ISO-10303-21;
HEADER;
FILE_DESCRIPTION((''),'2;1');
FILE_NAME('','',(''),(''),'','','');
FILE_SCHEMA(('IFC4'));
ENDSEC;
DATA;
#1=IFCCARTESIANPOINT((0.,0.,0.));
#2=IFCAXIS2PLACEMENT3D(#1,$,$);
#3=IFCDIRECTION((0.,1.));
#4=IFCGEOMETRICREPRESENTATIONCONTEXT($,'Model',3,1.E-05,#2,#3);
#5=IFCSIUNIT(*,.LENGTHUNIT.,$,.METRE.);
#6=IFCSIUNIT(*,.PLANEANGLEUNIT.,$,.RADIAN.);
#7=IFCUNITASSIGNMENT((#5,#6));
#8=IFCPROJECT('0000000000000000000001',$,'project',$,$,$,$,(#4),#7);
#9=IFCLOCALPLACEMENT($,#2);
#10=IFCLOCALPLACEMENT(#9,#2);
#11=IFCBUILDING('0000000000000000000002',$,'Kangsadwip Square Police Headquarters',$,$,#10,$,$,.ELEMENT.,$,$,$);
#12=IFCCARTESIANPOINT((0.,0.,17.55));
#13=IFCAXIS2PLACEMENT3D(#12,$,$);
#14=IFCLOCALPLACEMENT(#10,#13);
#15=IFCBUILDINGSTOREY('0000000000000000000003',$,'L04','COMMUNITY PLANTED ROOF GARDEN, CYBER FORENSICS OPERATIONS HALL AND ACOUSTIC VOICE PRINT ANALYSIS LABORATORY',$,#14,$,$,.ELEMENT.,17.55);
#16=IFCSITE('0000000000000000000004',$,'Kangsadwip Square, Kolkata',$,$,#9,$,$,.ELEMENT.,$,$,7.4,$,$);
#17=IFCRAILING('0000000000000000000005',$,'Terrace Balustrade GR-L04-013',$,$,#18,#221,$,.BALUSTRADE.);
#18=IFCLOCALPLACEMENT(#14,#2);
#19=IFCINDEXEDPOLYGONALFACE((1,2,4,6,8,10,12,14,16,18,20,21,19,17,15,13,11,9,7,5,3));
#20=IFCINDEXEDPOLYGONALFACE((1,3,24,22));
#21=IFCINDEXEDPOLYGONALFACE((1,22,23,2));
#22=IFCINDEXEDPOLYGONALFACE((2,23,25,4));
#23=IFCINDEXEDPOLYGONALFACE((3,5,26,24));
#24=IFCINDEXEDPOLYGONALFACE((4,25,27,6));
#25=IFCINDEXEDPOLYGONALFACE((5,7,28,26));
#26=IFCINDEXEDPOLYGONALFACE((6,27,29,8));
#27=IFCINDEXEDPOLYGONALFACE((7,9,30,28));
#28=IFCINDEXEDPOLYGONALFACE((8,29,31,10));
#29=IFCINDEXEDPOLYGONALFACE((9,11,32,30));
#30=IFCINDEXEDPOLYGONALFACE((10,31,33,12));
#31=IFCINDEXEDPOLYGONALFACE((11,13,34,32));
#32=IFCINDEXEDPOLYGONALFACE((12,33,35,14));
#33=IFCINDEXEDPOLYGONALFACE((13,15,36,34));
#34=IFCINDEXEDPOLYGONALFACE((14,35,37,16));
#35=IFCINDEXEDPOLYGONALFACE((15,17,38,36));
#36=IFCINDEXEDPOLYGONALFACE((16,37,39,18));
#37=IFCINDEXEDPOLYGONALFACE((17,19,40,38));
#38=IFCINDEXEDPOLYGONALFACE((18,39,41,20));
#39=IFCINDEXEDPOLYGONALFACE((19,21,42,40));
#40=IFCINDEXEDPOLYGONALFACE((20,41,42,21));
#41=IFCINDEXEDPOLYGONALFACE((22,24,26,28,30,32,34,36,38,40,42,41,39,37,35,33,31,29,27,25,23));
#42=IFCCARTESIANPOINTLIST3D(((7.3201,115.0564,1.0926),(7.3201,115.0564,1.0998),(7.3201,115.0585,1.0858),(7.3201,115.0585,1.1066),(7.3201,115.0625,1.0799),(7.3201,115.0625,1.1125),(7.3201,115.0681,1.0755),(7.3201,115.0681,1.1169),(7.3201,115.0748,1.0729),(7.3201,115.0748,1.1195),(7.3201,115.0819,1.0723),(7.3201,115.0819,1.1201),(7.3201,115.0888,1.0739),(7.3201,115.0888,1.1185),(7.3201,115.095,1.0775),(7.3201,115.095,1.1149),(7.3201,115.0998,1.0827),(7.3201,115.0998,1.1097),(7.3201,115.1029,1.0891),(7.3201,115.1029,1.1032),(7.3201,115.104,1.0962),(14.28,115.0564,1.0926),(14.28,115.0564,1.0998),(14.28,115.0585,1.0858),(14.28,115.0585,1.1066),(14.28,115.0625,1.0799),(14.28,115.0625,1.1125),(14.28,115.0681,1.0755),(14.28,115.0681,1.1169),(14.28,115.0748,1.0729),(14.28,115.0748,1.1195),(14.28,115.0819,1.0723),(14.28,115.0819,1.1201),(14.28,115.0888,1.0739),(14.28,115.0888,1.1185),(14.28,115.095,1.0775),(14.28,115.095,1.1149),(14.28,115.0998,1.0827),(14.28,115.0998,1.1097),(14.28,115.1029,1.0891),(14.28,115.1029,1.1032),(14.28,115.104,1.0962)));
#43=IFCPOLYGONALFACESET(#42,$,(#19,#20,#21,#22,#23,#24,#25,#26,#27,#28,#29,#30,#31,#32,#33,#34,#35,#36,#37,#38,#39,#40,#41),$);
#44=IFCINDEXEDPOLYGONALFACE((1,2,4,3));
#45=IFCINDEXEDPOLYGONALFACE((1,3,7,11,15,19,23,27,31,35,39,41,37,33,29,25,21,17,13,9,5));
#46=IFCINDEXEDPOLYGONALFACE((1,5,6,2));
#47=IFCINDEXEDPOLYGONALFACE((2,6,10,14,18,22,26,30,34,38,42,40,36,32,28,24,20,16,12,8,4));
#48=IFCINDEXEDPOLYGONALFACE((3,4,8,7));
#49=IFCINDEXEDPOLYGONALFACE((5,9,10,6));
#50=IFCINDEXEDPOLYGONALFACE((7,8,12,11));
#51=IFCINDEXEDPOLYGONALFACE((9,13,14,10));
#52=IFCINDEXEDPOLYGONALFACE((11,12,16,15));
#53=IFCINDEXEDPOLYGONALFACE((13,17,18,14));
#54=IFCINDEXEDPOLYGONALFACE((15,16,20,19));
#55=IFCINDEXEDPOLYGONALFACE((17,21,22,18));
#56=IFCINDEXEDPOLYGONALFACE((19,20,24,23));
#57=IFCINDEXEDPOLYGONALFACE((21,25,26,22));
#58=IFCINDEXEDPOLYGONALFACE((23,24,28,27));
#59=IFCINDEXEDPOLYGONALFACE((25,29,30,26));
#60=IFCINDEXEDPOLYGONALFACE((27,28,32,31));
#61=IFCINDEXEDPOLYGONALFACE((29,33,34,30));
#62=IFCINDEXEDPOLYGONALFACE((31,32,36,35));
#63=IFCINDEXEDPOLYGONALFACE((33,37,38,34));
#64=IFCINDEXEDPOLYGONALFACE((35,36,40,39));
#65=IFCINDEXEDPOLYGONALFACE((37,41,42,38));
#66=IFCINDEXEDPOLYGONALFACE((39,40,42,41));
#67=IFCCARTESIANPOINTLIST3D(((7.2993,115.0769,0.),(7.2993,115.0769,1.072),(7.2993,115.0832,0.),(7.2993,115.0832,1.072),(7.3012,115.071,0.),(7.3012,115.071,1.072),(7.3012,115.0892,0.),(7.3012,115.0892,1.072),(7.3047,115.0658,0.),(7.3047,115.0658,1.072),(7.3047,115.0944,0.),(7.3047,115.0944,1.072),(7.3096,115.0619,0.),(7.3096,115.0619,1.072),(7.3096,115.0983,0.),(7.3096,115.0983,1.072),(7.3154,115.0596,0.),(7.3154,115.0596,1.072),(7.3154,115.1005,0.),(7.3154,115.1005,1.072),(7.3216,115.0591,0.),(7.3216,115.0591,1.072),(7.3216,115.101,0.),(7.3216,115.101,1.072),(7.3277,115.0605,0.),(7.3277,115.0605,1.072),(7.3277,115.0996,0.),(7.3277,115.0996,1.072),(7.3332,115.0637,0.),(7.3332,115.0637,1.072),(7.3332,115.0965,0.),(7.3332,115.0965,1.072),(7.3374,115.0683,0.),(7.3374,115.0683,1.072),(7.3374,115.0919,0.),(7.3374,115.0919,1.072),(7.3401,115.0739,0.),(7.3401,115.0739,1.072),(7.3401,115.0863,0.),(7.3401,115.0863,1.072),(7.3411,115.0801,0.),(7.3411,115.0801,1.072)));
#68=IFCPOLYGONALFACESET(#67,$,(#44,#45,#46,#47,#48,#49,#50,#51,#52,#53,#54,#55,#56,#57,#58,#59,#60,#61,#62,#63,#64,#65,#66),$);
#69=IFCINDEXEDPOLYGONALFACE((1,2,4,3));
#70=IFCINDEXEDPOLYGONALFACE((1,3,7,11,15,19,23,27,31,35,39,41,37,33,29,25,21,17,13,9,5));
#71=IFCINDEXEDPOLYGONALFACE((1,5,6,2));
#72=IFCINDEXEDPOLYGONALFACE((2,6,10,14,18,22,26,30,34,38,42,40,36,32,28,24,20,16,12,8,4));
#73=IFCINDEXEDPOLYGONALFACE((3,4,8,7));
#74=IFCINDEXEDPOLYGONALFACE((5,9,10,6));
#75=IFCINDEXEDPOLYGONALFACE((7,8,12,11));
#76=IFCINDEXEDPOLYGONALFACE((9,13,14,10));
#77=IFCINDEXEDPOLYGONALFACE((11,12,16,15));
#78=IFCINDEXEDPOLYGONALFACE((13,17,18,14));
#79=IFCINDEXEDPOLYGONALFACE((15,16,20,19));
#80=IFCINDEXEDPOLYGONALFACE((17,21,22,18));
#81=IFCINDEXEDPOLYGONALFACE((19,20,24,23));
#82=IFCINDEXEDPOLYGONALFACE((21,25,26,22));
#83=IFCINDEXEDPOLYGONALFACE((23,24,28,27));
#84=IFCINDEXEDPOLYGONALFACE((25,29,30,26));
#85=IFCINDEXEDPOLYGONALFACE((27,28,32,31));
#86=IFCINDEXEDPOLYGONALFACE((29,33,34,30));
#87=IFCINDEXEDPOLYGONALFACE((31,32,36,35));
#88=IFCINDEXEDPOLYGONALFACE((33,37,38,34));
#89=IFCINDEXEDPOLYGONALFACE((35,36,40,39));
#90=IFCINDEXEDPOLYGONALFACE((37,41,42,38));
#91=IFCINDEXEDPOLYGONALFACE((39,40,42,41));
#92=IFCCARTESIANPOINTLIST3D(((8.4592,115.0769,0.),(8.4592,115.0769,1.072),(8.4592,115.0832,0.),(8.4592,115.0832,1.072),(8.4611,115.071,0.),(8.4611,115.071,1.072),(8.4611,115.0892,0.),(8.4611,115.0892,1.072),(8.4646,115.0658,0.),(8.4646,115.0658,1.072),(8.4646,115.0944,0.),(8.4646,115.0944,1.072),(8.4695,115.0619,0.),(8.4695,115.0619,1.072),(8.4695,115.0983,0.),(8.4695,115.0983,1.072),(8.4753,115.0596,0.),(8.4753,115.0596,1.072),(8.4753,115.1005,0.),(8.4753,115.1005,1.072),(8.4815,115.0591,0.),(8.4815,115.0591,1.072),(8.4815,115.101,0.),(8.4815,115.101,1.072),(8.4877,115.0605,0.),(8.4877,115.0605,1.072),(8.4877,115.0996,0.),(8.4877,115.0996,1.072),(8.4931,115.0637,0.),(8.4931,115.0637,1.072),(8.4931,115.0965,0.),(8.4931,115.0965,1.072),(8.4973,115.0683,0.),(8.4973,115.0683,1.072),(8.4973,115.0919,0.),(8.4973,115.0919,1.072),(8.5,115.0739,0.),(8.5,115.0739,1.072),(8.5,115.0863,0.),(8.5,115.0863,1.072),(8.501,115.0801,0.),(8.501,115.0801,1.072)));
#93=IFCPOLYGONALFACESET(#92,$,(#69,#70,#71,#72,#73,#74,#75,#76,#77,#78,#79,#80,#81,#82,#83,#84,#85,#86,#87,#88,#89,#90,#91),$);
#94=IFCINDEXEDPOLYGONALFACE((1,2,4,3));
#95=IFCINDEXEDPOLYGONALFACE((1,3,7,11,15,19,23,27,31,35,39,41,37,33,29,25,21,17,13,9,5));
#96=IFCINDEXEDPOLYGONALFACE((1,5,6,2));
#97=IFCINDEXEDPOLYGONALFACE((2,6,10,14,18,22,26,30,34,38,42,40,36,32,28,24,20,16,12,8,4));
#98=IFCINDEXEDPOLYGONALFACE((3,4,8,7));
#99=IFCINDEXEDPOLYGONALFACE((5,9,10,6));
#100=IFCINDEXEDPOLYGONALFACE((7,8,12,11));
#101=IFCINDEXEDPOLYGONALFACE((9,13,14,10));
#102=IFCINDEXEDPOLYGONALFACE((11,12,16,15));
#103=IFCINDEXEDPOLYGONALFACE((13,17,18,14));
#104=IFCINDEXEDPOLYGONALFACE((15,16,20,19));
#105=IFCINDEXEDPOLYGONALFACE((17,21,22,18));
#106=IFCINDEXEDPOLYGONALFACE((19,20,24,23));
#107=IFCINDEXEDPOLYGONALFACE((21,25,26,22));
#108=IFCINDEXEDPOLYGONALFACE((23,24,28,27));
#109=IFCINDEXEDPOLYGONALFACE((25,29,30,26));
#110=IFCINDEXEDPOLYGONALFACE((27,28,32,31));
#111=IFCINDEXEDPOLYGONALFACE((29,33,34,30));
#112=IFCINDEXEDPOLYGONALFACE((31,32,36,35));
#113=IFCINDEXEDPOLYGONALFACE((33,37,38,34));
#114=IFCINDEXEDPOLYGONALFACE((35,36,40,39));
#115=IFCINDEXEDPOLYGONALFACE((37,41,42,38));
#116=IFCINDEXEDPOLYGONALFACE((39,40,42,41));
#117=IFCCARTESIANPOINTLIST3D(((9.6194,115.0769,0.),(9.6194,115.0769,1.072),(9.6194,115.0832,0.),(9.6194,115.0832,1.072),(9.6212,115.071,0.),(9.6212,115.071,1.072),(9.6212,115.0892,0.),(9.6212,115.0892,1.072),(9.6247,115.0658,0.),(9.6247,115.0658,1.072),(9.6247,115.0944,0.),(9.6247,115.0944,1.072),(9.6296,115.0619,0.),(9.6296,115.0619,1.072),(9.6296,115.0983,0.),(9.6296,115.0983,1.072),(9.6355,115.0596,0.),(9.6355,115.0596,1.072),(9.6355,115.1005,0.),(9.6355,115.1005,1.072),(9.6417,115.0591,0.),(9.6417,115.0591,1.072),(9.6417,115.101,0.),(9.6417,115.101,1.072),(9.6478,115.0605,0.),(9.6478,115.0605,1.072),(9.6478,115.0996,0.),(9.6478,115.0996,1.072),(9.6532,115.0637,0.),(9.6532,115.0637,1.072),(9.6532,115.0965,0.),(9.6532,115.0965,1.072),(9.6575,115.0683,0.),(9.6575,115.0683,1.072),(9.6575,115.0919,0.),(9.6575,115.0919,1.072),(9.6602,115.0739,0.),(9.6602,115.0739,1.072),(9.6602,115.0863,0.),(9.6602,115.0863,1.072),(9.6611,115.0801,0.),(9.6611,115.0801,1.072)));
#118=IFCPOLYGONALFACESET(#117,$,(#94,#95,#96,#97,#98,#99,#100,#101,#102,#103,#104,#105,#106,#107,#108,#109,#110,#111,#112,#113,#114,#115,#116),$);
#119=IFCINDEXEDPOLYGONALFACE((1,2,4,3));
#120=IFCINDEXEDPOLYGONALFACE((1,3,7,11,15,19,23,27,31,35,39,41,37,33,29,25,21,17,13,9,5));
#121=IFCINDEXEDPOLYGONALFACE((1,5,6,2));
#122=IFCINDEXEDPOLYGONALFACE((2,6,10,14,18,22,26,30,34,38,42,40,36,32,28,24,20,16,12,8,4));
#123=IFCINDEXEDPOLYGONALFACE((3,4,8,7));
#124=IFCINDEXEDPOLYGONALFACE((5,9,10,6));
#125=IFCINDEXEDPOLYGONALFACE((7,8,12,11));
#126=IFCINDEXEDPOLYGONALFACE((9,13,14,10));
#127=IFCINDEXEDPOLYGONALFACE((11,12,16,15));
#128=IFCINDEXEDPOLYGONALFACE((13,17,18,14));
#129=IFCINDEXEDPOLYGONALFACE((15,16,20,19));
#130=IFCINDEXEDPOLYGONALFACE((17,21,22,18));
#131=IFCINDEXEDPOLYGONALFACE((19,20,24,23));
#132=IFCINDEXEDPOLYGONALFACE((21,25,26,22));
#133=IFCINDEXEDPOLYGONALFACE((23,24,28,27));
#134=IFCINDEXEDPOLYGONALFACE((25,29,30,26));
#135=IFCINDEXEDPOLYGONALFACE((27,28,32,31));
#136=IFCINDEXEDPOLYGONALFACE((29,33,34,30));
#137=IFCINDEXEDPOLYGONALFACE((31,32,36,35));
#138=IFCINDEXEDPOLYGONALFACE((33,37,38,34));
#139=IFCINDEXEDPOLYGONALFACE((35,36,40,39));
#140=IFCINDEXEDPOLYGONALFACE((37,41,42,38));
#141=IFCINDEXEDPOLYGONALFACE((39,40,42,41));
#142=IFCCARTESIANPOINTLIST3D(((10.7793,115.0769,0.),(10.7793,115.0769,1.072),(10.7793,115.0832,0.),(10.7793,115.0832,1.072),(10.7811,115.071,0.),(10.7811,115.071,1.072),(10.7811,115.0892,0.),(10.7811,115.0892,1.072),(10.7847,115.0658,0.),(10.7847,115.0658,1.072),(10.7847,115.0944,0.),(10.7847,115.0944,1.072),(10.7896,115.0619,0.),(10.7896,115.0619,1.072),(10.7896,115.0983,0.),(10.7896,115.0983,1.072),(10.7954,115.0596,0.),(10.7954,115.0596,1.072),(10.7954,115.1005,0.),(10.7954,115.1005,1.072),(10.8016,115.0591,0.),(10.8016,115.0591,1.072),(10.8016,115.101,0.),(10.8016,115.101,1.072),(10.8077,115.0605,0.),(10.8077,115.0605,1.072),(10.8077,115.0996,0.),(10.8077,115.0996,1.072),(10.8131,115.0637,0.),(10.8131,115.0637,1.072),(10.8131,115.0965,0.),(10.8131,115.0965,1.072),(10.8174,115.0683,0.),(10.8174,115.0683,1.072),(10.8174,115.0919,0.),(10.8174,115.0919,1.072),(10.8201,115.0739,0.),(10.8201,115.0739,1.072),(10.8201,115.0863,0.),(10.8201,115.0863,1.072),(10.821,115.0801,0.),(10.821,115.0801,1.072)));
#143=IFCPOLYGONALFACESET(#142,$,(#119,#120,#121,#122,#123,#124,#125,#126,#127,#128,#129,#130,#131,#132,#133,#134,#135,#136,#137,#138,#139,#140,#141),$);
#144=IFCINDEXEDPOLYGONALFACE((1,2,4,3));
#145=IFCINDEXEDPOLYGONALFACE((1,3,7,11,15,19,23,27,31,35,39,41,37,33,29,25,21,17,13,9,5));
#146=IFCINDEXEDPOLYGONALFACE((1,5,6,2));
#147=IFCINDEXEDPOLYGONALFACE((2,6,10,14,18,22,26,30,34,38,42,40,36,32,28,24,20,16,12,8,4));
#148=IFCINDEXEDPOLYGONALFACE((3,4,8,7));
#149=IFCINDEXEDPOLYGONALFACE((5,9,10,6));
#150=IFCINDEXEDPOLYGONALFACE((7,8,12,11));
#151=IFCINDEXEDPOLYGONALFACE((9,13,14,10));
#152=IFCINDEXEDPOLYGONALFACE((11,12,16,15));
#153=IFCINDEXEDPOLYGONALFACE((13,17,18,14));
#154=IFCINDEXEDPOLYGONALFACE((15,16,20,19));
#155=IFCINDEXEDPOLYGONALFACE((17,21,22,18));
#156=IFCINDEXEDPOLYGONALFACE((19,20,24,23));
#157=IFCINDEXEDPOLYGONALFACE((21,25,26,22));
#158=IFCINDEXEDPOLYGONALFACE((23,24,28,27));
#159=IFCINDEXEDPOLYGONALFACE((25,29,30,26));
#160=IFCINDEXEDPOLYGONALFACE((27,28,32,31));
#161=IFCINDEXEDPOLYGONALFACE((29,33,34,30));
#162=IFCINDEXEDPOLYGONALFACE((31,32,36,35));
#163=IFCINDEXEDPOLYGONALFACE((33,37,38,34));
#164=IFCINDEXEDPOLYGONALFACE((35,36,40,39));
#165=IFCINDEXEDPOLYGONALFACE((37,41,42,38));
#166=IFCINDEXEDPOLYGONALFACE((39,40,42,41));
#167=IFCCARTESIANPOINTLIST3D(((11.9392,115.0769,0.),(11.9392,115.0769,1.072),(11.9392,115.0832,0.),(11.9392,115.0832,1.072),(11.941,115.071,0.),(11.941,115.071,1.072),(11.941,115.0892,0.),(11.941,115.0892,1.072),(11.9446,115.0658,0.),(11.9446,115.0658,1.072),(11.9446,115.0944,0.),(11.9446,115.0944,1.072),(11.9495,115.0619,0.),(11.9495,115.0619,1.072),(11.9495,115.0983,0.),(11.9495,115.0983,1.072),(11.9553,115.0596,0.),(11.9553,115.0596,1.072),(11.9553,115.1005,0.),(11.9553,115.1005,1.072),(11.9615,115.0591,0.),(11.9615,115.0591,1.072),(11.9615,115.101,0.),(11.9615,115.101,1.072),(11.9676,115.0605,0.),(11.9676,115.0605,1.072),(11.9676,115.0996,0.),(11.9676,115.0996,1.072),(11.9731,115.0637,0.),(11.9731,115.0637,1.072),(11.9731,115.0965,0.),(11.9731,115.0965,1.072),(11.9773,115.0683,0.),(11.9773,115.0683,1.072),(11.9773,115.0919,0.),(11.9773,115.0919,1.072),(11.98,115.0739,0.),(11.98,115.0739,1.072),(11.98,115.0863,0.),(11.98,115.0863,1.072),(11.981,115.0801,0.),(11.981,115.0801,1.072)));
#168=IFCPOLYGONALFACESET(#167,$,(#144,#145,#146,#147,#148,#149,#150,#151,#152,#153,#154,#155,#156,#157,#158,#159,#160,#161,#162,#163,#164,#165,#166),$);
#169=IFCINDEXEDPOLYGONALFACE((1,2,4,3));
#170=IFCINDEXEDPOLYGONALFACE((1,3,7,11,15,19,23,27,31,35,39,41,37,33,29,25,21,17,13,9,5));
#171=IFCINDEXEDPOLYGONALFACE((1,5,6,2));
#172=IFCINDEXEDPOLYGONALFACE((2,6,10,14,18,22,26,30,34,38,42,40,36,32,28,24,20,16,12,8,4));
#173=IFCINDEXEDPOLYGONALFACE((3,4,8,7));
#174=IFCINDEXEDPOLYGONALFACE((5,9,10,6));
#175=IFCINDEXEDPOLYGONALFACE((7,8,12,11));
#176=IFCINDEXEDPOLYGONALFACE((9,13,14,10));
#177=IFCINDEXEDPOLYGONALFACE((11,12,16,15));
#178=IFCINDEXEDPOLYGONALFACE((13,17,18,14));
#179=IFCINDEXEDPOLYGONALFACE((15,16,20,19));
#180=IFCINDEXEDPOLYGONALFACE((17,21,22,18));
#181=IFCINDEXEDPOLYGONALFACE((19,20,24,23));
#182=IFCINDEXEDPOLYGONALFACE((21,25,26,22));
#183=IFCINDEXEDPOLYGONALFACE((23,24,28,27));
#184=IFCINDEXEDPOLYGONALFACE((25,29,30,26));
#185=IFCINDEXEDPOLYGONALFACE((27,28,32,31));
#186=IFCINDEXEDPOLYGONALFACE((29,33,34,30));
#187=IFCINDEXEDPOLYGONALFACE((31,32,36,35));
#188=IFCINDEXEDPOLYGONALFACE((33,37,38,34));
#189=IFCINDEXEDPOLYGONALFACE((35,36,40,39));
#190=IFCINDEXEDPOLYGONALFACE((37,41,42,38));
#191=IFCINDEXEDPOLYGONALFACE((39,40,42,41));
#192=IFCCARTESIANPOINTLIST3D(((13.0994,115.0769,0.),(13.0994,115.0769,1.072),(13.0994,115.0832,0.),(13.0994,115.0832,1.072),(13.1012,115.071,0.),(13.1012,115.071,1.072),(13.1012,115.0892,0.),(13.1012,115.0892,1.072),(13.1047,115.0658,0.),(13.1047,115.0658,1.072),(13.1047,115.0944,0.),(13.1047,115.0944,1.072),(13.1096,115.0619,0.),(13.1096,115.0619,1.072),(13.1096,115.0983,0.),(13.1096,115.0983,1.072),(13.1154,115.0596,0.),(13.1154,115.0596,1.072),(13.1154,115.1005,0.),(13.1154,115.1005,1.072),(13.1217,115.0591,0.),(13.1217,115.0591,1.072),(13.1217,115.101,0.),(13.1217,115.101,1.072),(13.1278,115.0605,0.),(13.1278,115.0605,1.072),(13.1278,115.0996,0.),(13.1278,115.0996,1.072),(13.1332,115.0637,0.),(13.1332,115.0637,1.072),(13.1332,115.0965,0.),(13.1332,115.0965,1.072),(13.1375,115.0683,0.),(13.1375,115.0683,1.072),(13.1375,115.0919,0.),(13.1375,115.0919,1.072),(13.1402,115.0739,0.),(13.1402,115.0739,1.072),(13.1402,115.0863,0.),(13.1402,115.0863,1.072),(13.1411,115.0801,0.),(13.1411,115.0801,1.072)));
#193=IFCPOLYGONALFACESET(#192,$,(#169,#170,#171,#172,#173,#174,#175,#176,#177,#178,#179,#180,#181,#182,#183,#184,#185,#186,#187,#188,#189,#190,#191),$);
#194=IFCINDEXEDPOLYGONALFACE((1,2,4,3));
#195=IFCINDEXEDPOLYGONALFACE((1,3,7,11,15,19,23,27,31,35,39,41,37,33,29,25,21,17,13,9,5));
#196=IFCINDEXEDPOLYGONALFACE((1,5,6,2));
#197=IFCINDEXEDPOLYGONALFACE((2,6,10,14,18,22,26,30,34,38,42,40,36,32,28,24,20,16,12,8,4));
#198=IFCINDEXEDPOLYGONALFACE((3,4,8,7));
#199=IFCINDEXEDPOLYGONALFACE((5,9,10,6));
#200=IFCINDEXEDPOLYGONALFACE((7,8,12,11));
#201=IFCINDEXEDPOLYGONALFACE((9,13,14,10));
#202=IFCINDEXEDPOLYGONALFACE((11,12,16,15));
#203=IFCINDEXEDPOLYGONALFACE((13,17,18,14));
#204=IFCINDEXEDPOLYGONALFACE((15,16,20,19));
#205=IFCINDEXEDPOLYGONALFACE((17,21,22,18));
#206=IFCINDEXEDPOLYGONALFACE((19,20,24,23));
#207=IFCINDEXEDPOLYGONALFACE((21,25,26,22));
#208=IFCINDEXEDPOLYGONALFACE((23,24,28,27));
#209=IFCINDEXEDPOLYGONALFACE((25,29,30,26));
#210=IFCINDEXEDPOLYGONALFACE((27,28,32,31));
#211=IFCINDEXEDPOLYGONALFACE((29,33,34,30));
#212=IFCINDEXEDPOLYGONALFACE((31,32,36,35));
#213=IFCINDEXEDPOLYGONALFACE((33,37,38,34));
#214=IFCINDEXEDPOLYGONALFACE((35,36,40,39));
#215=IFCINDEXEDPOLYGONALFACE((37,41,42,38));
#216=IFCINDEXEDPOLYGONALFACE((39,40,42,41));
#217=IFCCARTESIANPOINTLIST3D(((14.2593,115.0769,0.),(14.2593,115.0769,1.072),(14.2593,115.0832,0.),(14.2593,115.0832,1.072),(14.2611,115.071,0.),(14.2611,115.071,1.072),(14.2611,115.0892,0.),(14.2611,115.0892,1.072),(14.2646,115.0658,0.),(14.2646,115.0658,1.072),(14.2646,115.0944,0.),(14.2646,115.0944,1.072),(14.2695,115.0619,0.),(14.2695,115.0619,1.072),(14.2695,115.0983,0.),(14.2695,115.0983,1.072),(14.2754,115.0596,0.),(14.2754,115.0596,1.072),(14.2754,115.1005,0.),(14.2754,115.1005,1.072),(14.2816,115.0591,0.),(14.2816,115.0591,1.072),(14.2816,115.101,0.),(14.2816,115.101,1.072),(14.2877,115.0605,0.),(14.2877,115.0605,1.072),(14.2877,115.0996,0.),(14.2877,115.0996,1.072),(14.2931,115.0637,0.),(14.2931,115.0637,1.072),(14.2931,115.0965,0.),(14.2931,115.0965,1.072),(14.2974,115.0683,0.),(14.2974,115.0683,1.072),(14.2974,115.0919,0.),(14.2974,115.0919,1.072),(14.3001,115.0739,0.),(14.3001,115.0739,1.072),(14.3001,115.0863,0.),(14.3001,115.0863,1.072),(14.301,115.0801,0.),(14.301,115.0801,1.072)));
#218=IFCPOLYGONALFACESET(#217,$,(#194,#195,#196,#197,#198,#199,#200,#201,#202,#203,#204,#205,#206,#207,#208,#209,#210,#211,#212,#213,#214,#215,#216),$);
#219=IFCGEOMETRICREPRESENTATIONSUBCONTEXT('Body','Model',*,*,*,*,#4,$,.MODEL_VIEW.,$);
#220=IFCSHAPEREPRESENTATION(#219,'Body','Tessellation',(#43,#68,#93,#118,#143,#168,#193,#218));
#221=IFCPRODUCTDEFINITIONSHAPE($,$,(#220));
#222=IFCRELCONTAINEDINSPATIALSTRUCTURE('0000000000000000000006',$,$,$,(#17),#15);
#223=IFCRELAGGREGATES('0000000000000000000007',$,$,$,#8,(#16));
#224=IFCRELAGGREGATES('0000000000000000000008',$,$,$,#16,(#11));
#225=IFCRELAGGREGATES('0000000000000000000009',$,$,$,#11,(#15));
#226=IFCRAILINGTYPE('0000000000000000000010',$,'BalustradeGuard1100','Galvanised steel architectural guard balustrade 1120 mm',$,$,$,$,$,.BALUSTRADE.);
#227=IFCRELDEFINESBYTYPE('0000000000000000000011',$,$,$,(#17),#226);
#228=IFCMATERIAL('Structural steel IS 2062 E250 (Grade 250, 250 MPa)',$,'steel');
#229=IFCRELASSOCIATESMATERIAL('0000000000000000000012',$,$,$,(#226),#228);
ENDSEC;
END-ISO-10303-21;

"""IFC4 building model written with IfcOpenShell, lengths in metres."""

from ifc_helpers import new_model, si_unit, direction, frame, origin, origin_2d, place, context, subcontext, project, spatial, circle, extrude, material, type_object, element, save


model = new_model("IFC4")

# Units and contexts
model_context = context("Model", 3, precision=1e-05, world=origin(), true_north=direction((0.0, 1.0)))
body_context = subcontext(model_context, "Body", "Model", "MODEL_VIEW")
ifc_project = project(units=[si_unit("LENGTHUNIT", "METRE"), si_unit("PLANEANGLEUNIT", "RADIAN")], contexts=[model_context])

# Site, building, storey
site_placement = place(None, origin())
site = spatial("IfcSite", under=ifc_project, at=site_placement, Name="Kangsadwip Square, Kolkata", CompositionType="ELEMENT", RefElevation=7.4)
building_placement = place(site_placement, origin())
building = spatial("IfcBuilding", under=site, at=building_placement, Name="Kangsadwip Square Police Headquarters", CompositionType="ELEMENT")
storey_placement = place(building_placement, frame((0.0, 0.0, 17.55)))
storey = spatial("IfcBuildingStorey", under=building, at=storey_placement, Name="L04", Description="COMMUNITY PLANTED ROOF GARDEN, CYBER FORENSICS OPERATIONS HALL AND ACOUSTIC VOICE PRINT ANALYSIS LABORATORY", CompositionType="ELEMENT", Elevation=17.55)

# Railing
ifc_material_1 = material(Name="Structural steel IS 2062 E250 (Grade 250, 250 MPa)", Category="steel")
railing_type = type_object("IfcRailingType", Name="BalustradeGuard1100", Description="Galvanised steel architectural guard balustrade 1120 mm", PredefinedType="BALUSTRADE", material=ifc_material_1)
for number, where, name in (
    (1, (7.3201, 115.0801, 0.0), "Terrace Balustrade GR-L04-013"),
):
    element("IfcRailing", number, at=place(storey_placement, frame(where)), inside=storey, type_object=railing_type, Name=name, PredefinedType="BALUSTRADE", context=body_context, shape_type="SweptSolid", body=[
        extrude(circle(Radius=0.0239, at=origin_2d()), frame((0.0, 0.0, 1.0962), z_axis=(1.0, 0.0, 0.0), x_axis=(0.0, 1.0, 0.0)), (0.0, 0.0, 1.0), 6.96),
        extrude(circle(Radius=0.021, at=origin_2d()), origin(), (0.0, 0.0, 1.0), 1.072),
        extrude(circle(Radius=0.021, at=origin_2d()), frame((1.1599, 0.0, 0.0)), (0.0, 0.0, 1.0), 1.072),
        extrude(circle(Radius=0.021, at=origin_2d()), frame((2.3201, 0.0, 0.0)), (0.0, 0.0, 1.0), 1.072),
        extrude(circle(Radius=0.021, at=origin_2d()), frame((3.48, 0.0, 0.0)), (0.0, 0.0, 1.0), 1.072),
        extrude(circle(Radius=0.021, at=origin_2d()), frame((4.6399, 0.0, 0.0)), (0.0, 0.0, 1.0), 1.072),
        extrude(circle(Radius=0.021, at=origin_2d()), frame((5.8, 0.0, 0.0)), (0.0, 0.0, 1.0), 1.072),
        extrude(circle(Radius=0.021, at=origin_2d()), frame((6.96, 0.0, 0.0)), (0.0, 0.0, 1.0), 1.072),
    ])

save(model, "model.ifc")
